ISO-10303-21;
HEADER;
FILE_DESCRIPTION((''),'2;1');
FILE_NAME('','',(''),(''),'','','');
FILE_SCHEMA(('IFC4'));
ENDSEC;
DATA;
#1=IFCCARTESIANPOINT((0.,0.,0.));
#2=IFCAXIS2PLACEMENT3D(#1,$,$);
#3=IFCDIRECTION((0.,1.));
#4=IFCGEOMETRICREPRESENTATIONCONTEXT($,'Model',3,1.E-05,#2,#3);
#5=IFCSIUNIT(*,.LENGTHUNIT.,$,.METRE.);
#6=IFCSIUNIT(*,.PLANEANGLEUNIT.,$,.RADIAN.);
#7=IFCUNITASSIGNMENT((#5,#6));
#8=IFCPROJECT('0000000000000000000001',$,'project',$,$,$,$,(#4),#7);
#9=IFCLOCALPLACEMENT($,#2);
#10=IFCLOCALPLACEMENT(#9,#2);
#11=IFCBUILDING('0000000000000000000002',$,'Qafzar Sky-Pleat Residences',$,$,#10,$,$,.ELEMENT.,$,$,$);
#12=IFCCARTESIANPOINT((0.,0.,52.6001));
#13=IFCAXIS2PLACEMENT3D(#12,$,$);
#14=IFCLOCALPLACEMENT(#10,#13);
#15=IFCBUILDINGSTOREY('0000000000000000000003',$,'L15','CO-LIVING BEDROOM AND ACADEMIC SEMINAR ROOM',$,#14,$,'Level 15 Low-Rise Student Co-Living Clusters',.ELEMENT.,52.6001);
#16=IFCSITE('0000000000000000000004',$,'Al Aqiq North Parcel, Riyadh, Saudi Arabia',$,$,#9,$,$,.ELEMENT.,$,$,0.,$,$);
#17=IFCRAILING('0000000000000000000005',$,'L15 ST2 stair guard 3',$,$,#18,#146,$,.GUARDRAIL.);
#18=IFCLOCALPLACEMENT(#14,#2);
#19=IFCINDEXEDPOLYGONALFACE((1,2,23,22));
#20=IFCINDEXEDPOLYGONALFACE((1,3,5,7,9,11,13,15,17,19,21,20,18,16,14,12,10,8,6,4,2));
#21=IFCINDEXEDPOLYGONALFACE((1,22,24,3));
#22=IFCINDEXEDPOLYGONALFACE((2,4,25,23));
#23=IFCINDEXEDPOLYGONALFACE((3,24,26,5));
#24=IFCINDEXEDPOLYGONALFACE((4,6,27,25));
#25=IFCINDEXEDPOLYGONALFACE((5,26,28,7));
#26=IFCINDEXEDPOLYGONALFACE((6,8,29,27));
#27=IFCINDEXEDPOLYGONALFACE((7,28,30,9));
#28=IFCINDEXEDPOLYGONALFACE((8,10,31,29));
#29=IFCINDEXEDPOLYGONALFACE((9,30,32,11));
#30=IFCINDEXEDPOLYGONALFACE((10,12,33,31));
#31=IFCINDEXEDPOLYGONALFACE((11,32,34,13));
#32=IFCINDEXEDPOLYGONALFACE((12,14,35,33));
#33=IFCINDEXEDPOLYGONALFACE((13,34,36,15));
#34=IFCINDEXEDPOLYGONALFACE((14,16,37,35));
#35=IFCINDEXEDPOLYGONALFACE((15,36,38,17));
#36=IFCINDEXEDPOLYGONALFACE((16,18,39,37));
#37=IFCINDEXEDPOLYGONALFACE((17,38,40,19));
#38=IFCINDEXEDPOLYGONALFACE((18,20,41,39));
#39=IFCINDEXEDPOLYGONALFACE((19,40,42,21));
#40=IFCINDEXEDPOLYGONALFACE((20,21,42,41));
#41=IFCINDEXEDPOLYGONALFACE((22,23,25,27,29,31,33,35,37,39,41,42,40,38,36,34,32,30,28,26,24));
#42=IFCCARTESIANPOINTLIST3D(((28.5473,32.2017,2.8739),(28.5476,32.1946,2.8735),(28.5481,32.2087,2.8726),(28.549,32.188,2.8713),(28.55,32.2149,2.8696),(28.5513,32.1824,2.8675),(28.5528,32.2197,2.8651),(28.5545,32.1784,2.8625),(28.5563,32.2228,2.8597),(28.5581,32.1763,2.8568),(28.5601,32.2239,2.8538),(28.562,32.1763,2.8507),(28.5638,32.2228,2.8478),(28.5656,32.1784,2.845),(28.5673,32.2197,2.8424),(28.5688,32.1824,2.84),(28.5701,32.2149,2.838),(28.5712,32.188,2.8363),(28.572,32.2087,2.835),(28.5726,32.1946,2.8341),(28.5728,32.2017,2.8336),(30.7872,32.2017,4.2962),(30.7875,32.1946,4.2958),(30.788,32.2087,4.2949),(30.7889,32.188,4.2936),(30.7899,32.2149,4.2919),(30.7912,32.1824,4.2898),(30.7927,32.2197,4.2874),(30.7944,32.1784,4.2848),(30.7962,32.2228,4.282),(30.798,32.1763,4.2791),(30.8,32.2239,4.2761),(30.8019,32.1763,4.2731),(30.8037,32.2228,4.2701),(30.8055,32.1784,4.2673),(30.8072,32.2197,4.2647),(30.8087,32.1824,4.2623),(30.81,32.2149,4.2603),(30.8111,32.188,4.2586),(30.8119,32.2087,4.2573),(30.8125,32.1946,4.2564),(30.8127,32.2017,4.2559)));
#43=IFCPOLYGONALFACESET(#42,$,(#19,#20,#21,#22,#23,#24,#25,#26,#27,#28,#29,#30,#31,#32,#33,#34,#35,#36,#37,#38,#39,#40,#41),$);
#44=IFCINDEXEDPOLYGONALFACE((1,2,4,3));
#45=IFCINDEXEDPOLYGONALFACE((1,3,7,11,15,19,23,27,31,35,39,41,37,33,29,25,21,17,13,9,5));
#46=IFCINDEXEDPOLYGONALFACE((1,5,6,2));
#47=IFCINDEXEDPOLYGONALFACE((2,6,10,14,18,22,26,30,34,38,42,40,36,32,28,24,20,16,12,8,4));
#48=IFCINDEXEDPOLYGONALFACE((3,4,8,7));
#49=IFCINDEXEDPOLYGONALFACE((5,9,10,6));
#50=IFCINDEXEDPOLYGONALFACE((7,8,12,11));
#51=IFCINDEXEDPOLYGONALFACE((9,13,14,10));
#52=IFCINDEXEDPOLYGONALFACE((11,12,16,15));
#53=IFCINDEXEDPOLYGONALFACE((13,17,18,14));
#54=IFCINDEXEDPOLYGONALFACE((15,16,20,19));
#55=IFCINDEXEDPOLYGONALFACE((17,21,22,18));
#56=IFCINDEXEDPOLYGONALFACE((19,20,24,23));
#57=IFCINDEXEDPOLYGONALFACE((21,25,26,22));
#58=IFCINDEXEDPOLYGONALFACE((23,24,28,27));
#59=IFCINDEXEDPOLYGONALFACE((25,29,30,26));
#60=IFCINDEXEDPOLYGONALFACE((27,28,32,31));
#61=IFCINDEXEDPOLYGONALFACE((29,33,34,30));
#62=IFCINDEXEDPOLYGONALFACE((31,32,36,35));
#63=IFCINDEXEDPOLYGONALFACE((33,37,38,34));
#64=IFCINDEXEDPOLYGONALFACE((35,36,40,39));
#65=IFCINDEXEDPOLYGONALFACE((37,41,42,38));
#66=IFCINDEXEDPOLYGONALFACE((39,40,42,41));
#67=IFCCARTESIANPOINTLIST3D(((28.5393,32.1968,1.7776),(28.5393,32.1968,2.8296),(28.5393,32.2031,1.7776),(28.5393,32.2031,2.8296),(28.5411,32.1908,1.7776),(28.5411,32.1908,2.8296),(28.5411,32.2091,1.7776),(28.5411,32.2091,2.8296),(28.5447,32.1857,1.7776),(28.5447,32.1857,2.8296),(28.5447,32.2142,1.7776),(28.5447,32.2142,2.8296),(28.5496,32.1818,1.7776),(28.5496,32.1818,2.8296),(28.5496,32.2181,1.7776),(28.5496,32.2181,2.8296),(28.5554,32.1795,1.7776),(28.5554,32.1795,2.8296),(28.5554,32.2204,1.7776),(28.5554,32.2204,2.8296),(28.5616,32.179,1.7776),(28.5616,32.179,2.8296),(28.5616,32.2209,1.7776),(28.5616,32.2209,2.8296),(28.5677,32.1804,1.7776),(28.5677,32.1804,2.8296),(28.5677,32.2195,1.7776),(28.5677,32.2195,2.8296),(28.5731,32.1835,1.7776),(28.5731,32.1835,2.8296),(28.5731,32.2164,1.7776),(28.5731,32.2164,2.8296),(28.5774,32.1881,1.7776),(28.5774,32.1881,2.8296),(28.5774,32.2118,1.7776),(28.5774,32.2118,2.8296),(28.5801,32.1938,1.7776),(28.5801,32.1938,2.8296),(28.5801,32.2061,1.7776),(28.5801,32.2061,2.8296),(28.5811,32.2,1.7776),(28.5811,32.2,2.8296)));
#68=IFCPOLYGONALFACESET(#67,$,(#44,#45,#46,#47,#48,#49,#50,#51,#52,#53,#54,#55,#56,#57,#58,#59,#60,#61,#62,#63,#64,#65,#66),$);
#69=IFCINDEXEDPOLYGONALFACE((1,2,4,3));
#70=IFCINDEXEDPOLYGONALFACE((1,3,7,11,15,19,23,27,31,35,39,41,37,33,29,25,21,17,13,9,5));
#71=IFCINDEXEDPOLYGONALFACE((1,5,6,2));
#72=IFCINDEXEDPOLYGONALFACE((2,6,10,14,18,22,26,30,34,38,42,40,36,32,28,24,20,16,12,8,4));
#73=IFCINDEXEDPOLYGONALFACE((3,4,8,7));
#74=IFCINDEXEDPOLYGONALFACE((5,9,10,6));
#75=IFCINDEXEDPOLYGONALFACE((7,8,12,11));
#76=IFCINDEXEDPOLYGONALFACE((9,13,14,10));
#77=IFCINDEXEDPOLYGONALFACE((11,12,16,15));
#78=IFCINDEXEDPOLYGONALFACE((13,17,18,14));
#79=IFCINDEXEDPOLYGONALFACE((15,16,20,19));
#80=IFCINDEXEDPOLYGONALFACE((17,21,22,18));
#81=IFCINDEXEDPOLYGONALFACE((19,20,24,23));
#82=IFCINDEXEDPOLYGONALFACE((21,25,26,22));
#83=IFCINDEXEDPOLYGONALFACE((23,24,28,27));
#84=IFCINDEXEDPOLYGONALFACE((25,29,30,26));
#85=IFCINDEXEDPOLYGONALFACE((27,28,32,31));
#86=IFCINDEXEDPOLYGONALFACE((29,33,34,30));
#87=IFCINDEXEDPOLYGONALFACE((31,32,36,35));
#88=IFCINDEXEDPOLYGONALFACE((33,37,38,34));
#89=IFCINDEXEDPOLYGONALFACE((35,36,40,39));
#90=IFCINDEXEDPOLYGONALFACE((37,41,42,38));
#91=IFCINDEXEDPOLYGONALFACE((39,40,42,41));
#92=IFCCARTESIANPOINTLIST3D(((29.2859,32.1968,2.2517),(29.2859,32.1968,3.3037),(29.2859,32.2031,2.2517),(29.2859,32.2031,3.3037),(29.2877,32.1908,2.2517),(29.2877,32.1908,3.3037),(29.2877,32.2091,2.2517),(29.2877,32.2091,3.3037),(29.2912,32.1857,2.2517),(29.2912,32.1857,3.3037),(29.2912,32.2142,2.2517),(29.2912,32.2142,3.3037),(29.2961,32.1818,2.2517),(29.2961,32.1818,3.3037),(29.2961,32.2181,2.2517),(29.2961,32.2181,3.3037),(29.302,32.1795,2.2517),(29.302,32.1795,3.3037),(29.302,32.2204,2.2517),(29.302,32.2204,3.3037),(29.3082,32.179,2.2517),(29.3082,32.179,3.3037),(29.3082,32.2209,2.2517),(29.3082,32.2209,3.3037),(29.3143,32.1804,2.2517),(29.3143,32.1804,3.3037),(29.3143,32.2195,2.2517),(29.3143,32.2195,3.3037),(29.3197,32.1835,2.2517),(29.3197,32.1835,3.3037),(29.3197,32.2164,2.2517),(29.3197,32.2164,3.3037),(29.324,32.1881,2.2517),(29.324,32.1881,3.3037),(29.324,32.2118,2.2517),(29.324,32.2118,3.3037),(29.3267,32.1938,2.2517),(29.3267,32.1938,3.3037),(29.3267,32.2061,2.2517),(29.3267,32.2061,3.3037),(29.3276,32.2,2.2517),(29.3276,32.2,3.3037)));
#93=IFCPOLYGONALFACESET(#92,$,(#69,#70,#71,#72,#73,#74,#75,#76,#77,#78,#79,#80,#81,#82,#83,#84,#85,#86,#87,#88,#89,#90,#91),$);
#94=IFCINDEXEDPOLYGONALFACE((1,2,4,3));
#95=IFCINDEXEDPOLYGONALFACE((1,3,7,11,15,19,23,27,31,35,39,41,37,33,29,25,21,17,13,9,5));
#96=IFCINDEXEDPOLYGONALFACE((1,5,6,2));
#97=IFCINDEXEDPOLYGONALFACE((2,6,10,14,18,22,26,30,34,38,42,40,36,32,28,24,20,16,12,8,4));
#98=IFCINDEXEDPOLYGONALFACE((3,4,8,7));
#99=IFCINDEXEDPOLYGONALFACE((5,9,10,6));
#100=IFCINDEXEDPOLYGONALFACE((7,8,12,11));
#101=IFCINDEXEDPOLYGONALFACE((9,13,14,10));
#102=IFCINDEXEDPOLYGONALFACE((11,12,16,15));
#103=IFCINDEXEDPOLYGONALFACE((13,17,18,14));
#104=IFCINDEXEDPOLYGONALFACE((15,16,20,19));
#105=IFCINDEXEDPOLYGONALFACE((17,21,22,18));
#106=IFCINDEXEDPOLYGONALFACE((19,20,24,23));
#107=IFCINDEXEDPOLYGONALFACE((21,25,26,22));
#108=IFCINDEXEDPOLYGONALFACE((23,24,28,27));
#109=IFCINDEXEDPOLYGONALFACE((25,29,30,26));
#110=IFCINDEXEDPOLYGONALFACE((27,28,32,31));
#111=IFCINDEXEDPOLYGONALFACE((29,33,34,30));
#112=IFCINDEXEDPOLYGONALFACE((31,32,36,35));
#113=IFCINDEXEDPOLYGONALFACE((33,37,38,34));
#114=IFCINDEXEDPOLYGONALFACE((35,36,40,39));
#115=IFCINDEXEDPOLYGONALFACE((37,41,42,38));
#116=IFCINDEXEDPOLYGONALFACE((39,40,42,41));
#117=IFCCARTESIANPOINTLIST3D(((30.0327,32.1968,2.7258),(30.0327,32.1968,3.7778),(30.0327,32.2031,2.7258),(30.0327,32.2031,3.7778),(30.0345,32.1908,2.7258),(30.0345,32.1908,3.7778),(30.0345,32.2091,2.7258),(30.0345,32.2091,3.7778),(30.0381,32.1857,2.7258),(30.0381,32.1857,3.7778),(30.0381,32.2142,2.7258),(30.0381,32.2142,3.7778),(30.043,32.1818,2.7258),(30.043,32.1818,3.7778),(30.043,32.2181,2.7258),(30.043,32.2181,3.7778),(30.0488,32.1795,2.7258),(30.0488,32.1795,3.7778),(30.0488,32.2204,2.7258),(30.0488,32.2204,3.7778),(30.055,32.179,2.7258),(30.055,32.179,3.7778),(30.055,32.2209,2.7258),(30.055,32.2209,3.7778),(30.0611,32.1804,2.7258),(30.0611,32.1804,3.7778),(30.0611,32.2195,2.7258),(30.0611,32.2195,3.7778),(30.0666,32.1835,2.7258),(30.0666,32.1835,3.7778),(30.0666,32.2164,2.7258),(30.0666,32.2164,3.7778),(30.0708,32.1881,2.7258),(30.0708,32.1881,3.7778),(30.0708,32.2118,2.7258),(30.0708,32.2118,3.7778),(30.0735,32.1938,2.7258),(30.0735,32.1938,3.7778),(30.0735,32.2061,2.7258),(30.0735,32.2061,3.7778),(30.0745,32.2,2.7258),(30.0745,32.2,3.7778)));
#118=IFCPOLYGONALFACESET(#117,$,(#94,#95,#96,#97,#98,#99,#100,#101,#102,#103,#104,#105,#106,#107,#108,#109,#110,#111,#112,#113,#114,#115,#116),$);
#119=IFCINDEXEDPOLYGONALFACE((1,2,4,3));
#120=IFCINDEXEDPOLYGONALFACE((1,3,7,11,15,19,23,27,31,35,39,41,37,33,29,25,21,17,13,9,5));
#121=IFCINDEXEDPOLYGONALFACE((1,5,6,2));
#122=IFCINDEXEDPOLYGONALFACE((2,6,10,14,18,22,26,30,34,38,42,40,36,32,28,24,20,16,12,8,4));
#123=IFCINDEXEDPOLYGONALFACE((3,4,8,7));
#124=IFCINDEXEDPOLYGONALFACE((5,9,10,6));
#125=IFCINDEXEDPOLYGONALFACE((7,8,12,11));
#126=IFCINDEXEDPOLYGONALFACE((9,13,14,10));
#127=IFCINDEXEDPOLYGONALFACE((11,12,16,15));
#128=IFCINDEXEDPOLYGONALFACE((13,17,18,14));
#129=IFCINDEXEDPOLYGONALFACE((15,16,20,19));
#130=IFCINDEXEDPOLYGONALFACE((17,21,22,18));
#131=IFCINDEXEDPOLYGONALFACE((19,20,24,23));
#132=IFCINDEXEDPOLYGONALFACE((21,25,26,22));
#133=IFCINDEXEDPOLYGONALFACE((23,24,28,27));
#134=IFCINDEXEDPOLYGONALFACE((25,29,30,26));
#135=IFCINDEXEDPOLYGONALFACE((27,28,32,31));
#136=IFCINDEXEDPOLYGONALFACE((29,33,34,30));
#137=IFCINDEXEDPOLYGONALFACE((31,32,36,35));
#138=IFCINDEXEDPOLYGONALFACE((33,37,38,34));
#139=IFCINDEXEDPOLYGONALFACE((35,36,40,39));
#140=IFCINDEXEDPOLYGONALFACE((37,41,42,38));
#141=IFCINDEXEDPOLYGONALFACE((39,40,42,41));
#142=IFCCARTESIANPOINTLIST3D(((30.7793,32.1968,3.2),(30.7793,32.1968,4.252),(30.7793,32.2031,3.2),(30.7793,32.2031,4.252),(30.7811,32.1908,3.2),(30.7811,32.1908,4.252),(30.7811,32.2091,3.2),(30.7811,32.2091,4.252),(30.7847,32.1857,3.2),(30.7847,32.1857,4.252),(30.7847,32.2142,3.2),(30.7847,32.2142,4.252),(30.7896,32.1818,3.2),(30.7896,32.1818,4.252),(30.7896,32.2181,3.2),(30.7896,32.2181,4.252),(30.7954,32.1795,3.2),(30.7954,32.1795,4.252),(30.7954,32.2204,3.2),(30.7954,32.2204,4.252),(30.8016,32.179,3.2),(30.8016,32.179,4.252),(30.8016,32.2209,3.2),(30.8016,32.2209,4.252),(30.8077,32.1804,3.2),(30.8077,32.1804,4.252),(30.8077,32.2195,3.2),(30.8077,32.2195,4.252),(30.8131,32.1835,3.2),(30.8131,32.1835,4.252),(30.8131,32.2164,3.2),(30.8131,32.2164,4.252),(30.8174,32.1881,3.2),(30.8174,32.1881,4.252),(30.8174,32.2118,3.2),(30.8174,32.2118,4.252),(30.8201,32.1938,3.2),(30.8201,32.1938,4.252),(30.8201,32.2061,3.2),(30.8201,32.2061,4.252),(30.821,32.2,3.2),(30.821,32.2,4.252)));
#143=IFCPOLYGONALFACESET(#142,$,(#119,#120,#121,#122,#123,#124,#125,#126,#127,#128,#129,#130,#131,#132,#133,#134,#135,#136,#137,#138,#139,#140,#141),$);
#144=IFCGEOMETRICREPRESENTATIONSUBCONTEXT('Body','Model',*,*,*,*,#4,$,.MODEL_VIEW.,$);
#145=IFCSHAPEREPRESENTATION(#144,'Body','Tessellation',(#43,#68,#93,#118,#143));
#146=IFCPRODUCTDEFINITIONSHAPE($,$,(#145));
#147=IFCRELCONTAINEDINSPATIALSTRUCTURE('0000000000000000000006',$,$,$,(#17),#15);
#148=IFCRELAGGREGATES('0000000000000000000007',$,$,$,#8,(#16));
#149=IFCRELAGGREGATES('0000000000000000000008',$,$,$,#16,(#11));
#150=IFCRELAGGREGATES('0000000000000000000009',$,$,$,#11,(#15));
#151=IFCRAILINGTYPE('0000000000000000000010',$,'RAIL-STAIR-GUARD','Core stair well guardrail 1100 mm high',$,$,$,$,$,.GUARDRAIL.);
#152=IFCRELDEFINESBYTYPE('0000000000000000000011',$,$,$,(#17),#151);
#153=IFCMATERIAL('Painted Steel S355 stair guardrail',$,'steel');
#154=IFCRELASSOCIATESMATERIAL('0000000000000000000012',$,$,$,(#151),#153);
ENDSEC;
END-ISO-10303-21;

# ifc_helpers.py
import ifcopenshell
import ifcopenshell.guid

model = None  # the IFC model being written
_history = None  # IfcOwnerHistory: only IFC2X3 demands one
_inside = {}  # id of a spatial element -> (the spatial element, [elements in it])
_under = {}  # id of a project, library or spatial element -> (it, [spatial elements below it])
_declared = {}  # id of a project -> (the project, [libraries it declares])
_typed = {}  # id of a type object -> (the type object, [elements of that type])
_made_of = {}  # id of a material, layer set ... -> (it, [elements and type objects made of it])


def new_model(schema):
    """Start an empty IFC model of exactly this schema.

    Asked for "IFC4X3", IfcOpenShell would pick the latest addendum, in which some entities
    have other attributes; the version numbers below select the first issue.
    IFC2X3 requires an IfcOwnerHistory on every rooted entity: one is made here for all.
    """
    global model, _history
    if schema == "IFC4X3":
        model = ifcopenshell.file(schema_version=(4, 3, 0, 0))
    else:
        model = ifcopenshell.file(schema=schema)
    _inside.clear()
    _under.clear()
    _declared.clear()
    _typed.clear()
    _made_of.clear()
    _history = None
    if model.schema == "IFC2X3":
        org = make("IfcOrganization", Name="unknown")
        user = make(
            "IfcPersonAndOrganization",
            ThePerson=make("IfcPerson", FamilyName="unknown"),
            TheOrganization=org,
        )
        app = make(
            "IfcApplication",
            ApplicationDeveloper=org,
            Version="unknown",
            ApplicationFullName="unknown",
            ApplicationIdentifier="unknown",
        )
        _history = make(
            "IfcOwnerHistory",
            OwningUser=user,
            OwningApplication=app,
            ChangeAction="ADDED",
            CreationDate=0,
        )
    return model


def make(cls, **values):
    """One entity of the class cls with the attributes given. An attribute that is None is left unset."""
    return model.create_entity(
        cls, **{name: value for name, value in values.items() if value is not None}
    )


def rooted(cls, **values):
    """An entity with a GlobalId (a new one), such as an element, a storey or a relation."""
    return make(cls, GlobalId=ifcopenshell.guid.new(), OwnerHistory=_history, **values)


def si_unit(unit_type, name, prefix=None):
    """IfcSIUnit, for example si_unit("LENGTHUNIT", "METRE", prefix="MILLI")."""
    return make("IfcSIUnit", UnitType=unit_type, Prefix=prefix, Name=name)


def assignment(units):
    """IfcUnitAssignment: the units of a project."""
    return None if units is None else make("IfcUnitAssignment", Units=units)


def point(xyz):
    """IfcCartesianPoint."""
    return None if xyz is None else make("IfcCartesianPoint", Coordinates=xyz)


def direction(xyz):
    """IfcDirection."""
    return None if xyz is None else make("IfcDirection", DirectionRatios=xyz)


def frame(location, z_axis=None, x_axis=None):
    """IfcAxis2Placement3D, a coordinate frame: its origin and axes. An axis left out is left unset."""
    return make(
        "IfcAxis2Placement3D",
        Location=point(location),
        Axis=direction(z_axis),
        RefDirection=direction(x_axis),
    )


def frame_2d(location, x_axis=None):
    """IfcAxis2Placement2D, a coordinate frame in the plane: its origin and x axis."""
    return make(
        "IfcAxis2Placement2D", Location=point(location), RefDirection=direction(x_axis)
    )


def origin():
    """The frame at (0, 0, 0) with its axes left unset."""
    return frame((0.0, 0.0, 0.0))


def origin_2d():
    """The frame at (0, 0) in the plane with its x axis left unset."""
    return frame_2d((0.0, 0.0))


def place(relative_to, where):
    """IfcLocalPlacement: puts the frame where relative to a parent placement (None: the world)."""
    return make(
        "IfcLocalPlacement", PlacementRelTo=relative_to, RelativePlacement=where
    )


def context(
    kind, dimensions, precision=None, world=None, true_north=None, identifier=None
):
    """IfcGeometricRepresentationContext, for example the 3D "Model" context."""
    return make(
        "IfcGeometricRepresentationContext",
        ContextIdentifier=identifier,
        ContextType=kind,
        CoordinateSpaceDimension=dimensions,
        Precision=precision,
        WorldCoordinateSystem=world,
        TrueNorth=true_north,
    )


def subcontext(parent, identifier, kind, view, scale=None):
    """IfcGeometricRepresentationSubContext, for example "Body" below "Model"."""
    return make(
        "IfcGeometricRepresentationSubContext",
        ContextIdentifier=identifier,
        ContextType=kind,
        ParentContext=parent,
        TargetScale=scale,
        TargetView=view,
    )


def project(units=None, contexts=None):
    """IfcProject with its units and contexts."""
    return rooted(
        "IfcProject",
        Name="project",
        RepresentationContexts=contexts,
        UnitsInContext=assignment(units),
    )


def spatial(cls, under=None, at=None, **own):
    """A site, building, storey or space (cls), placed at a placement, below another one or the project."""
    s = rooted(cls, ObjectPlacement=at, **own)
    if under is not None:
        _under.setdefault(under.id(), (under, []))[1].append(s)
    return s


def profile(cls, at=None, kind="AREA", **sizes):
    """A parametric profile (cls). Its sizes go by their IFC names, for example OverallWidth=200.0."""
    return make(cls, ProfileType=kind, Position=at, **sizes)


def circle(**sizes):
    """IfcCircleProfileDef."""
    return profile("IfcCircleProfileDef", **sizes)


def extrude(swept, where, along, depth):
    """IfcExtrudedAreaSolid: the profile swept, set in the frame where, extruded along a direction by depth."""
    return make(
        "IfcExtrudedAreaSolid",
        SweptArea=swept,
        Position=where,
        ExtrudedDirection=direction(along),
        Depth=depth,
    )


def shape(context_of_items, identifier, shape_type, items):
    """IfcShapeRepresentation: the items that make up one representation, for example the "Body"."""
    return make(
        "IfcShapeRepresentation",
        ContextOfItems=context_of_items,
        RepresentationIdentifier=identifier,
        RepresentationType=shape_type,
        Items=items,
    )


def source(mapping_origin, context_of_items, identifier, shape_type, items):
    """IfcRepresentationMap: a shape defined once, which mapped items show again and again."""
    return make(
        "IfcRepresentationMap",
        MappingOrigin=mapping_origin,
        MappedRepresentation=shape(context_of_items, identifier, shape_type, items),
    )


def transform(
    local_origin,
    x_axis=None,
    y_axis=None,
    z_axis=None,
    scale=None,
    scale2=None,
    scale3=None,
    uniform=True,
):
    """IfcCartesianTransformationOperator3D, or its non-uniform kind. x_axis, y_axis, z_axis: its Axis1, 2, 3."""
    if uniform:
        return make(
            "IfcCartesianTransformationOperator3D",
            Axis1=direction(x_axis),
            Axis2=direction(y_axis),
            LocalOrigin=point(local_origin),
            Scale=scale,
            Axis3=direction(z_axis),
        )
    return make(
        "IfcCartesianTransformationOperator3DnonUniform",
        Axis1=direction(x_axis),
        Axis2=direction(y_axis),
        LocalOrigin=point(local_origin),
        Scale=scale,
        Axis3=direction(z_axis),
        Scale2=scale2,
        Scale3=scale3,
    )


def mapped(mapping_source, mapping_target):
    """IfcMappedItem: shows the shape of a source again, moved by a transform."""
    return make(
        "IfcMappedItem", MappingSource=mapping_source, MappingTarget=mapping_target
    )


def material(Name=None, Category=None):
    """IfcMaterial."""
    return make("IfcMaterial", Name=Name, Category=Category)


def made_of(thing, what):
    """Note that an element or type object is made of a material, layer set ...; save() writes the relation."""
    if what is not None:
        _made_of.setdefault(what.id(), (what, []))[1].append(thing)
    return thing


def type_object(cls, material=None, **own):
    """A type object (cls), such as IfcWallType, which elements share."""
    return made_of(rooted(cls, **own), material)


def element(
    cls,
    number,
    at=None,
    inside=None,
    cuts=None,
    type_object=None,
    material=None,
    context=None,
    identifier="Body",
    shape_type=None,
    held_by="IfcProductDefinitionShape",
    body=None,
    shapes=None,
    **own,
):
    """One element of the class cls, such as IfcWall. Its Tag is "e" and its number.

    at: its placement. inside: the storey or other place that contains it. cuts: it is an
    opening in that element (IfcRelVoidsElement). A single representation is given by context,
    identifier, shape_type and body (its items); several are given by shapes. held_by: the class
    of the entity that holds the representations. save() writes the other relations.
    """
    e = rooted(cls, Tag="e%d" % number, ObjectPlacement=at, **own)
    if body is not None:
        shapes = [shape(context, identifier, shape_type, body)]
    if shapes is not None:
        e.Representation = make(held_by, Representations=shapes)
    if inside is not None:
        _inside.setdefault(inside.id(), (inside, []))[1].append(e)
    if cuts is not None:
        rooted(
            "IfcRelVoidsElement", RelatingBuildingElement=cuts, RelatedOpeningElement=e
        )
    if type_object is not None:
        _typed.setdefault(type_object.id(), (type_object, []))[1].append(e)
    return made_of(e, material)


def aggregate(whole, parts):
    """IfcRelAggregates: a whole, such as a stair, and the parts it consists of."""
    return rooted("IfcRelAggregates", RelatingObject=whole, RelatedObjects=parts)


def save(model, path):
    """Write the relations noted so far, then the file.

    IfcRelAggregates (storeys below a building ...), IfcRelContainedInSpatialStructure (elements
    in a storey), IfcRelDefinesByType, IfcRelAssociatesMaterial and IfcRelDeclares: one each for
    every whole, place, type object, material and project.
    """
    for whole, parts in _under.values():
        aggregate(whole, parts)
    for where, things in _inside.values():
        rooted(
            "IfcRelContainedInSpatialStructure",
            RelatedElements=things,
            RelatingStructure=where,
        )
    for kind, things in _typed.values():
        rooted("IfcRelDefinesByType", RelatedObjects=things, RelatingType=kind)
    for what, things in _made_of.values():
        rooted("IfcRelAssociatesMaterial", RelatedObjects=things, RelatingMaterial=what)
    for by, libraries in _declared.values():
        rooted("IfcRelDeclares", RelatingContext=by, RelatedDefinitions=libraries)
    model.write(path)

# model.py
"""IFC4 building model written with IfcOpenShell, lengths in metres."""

from ifc_helpers import new_model, si_unit, direction, frame, origin, origin_2d, place, context, subcontext, project, spatial, circle, extrude, source, transform, mapped, material, type_object, element, save


model = new_model("IFC4")

# Units and contexts
model_context = context("Model", 3, precision=1e-05, world=origin(), true_north=direction((0.0, 1.0)))
body_context = subcontext(model_context, "Body", "Model", "MODEL_VIEW")
ifc_project = project(units=[si_unit("LENGTHUNIT", "METRE"), si_unit("PLANEANGLEUNIT", "RADIAN")], contexts=[model_context])

# Site, building, storey
site_placement = place(None, origin())
site = spatial("IfcSite", under=ifc_project, at=site_placement, Name="Al Aqiq North Parcel, Riyadh, Saudi Arabia", CompositionType="ELEMENT", RefElevation=0.0)
building_placement = place(site_placement, origin())
building = spatial("IfcBuilding", under=site, at=building_placement, Name="Qafzar Sky-Pleat Residences", CompositionType="ELEMENT")
storey_placement = place(building_placement, frame((0.0, 0.0, 52.6001)))
storey = spatial("IfcBuildingStorey", under=building, at=storey_placement, Name="L15", Description="CO-LIVING BEDROOM AND ACADEMIC SEMINAR ROOM", LongName="Level 15 Low-Rise Student Co-Living Clusters", CompositionType="ELEMENT", Elevation=52.6001)

# Railing
ifc_material_1 = material(Name="Painted Steel S355 stair guardrail", Category="steel")
railing_type_1 = type_object("IfcRailingType", Name="RAIL-STAIR-GUARD", Description="Core stair well guardrail 1100 mm high", PredefinedType="GUARDRAIL", material=ifc_material_1)
shared_shape_1 = source(origin(), body_context, "Body", "SweptSolid", [
    extrude(circle(Radius=0.0239, at=origin_2d()), frame((0.0, 0.0, 1.0762), z_axis=(0.844188, 0.0, 0.536048), x_axis=(0.0, 1.0, 0.0)), (0.0, 0.0, 1.0), 2.6533),
    extrude(circle(Radius=0.021, at=origin_2d()), origin(), (0.0, 0.0, 1.0), 1.052),
    extrude(circle(Radius=0.021, at=origin_2d()), frame((0.7466, 0.0, 0.4741)), (0.0, 0.0, 1.0), 1.052),
    extrude(circle(Radius=0.021, at=origin_2d()), frame((1.4934, 0.0, 0.9482)), (0.0, 0.0, 1.0), 1.052),
    extrude(circle(Radius=0.021, at=origin_2d()), frame((2.24, 0.0, 1.4224)), (0.0, 0.0, 1.0), 1.052),
])
railing_1_placement = place(storey_placement, frame((28.5601, 32.2, 1.7776)))
element("IfcRailing", 1, at=railing_1_placement, inside=storey, type_object=railing_type_1, Name="L15 ST2 stair guard 3", PredefinedType="GUARDRAIL", context=body_context, shape_type="MappedRepresentation", body=[
    mapped(shared_shape_1, transform((0.0, 0.0, 0.0), x_axis=(1.0, 0.0, 0.0), y_axis=(0.0, 1.0, 0.0), z_axis=(0.0, 0.0, 1.0), scale=1.0)),
])

save(model, "model.ifc")
